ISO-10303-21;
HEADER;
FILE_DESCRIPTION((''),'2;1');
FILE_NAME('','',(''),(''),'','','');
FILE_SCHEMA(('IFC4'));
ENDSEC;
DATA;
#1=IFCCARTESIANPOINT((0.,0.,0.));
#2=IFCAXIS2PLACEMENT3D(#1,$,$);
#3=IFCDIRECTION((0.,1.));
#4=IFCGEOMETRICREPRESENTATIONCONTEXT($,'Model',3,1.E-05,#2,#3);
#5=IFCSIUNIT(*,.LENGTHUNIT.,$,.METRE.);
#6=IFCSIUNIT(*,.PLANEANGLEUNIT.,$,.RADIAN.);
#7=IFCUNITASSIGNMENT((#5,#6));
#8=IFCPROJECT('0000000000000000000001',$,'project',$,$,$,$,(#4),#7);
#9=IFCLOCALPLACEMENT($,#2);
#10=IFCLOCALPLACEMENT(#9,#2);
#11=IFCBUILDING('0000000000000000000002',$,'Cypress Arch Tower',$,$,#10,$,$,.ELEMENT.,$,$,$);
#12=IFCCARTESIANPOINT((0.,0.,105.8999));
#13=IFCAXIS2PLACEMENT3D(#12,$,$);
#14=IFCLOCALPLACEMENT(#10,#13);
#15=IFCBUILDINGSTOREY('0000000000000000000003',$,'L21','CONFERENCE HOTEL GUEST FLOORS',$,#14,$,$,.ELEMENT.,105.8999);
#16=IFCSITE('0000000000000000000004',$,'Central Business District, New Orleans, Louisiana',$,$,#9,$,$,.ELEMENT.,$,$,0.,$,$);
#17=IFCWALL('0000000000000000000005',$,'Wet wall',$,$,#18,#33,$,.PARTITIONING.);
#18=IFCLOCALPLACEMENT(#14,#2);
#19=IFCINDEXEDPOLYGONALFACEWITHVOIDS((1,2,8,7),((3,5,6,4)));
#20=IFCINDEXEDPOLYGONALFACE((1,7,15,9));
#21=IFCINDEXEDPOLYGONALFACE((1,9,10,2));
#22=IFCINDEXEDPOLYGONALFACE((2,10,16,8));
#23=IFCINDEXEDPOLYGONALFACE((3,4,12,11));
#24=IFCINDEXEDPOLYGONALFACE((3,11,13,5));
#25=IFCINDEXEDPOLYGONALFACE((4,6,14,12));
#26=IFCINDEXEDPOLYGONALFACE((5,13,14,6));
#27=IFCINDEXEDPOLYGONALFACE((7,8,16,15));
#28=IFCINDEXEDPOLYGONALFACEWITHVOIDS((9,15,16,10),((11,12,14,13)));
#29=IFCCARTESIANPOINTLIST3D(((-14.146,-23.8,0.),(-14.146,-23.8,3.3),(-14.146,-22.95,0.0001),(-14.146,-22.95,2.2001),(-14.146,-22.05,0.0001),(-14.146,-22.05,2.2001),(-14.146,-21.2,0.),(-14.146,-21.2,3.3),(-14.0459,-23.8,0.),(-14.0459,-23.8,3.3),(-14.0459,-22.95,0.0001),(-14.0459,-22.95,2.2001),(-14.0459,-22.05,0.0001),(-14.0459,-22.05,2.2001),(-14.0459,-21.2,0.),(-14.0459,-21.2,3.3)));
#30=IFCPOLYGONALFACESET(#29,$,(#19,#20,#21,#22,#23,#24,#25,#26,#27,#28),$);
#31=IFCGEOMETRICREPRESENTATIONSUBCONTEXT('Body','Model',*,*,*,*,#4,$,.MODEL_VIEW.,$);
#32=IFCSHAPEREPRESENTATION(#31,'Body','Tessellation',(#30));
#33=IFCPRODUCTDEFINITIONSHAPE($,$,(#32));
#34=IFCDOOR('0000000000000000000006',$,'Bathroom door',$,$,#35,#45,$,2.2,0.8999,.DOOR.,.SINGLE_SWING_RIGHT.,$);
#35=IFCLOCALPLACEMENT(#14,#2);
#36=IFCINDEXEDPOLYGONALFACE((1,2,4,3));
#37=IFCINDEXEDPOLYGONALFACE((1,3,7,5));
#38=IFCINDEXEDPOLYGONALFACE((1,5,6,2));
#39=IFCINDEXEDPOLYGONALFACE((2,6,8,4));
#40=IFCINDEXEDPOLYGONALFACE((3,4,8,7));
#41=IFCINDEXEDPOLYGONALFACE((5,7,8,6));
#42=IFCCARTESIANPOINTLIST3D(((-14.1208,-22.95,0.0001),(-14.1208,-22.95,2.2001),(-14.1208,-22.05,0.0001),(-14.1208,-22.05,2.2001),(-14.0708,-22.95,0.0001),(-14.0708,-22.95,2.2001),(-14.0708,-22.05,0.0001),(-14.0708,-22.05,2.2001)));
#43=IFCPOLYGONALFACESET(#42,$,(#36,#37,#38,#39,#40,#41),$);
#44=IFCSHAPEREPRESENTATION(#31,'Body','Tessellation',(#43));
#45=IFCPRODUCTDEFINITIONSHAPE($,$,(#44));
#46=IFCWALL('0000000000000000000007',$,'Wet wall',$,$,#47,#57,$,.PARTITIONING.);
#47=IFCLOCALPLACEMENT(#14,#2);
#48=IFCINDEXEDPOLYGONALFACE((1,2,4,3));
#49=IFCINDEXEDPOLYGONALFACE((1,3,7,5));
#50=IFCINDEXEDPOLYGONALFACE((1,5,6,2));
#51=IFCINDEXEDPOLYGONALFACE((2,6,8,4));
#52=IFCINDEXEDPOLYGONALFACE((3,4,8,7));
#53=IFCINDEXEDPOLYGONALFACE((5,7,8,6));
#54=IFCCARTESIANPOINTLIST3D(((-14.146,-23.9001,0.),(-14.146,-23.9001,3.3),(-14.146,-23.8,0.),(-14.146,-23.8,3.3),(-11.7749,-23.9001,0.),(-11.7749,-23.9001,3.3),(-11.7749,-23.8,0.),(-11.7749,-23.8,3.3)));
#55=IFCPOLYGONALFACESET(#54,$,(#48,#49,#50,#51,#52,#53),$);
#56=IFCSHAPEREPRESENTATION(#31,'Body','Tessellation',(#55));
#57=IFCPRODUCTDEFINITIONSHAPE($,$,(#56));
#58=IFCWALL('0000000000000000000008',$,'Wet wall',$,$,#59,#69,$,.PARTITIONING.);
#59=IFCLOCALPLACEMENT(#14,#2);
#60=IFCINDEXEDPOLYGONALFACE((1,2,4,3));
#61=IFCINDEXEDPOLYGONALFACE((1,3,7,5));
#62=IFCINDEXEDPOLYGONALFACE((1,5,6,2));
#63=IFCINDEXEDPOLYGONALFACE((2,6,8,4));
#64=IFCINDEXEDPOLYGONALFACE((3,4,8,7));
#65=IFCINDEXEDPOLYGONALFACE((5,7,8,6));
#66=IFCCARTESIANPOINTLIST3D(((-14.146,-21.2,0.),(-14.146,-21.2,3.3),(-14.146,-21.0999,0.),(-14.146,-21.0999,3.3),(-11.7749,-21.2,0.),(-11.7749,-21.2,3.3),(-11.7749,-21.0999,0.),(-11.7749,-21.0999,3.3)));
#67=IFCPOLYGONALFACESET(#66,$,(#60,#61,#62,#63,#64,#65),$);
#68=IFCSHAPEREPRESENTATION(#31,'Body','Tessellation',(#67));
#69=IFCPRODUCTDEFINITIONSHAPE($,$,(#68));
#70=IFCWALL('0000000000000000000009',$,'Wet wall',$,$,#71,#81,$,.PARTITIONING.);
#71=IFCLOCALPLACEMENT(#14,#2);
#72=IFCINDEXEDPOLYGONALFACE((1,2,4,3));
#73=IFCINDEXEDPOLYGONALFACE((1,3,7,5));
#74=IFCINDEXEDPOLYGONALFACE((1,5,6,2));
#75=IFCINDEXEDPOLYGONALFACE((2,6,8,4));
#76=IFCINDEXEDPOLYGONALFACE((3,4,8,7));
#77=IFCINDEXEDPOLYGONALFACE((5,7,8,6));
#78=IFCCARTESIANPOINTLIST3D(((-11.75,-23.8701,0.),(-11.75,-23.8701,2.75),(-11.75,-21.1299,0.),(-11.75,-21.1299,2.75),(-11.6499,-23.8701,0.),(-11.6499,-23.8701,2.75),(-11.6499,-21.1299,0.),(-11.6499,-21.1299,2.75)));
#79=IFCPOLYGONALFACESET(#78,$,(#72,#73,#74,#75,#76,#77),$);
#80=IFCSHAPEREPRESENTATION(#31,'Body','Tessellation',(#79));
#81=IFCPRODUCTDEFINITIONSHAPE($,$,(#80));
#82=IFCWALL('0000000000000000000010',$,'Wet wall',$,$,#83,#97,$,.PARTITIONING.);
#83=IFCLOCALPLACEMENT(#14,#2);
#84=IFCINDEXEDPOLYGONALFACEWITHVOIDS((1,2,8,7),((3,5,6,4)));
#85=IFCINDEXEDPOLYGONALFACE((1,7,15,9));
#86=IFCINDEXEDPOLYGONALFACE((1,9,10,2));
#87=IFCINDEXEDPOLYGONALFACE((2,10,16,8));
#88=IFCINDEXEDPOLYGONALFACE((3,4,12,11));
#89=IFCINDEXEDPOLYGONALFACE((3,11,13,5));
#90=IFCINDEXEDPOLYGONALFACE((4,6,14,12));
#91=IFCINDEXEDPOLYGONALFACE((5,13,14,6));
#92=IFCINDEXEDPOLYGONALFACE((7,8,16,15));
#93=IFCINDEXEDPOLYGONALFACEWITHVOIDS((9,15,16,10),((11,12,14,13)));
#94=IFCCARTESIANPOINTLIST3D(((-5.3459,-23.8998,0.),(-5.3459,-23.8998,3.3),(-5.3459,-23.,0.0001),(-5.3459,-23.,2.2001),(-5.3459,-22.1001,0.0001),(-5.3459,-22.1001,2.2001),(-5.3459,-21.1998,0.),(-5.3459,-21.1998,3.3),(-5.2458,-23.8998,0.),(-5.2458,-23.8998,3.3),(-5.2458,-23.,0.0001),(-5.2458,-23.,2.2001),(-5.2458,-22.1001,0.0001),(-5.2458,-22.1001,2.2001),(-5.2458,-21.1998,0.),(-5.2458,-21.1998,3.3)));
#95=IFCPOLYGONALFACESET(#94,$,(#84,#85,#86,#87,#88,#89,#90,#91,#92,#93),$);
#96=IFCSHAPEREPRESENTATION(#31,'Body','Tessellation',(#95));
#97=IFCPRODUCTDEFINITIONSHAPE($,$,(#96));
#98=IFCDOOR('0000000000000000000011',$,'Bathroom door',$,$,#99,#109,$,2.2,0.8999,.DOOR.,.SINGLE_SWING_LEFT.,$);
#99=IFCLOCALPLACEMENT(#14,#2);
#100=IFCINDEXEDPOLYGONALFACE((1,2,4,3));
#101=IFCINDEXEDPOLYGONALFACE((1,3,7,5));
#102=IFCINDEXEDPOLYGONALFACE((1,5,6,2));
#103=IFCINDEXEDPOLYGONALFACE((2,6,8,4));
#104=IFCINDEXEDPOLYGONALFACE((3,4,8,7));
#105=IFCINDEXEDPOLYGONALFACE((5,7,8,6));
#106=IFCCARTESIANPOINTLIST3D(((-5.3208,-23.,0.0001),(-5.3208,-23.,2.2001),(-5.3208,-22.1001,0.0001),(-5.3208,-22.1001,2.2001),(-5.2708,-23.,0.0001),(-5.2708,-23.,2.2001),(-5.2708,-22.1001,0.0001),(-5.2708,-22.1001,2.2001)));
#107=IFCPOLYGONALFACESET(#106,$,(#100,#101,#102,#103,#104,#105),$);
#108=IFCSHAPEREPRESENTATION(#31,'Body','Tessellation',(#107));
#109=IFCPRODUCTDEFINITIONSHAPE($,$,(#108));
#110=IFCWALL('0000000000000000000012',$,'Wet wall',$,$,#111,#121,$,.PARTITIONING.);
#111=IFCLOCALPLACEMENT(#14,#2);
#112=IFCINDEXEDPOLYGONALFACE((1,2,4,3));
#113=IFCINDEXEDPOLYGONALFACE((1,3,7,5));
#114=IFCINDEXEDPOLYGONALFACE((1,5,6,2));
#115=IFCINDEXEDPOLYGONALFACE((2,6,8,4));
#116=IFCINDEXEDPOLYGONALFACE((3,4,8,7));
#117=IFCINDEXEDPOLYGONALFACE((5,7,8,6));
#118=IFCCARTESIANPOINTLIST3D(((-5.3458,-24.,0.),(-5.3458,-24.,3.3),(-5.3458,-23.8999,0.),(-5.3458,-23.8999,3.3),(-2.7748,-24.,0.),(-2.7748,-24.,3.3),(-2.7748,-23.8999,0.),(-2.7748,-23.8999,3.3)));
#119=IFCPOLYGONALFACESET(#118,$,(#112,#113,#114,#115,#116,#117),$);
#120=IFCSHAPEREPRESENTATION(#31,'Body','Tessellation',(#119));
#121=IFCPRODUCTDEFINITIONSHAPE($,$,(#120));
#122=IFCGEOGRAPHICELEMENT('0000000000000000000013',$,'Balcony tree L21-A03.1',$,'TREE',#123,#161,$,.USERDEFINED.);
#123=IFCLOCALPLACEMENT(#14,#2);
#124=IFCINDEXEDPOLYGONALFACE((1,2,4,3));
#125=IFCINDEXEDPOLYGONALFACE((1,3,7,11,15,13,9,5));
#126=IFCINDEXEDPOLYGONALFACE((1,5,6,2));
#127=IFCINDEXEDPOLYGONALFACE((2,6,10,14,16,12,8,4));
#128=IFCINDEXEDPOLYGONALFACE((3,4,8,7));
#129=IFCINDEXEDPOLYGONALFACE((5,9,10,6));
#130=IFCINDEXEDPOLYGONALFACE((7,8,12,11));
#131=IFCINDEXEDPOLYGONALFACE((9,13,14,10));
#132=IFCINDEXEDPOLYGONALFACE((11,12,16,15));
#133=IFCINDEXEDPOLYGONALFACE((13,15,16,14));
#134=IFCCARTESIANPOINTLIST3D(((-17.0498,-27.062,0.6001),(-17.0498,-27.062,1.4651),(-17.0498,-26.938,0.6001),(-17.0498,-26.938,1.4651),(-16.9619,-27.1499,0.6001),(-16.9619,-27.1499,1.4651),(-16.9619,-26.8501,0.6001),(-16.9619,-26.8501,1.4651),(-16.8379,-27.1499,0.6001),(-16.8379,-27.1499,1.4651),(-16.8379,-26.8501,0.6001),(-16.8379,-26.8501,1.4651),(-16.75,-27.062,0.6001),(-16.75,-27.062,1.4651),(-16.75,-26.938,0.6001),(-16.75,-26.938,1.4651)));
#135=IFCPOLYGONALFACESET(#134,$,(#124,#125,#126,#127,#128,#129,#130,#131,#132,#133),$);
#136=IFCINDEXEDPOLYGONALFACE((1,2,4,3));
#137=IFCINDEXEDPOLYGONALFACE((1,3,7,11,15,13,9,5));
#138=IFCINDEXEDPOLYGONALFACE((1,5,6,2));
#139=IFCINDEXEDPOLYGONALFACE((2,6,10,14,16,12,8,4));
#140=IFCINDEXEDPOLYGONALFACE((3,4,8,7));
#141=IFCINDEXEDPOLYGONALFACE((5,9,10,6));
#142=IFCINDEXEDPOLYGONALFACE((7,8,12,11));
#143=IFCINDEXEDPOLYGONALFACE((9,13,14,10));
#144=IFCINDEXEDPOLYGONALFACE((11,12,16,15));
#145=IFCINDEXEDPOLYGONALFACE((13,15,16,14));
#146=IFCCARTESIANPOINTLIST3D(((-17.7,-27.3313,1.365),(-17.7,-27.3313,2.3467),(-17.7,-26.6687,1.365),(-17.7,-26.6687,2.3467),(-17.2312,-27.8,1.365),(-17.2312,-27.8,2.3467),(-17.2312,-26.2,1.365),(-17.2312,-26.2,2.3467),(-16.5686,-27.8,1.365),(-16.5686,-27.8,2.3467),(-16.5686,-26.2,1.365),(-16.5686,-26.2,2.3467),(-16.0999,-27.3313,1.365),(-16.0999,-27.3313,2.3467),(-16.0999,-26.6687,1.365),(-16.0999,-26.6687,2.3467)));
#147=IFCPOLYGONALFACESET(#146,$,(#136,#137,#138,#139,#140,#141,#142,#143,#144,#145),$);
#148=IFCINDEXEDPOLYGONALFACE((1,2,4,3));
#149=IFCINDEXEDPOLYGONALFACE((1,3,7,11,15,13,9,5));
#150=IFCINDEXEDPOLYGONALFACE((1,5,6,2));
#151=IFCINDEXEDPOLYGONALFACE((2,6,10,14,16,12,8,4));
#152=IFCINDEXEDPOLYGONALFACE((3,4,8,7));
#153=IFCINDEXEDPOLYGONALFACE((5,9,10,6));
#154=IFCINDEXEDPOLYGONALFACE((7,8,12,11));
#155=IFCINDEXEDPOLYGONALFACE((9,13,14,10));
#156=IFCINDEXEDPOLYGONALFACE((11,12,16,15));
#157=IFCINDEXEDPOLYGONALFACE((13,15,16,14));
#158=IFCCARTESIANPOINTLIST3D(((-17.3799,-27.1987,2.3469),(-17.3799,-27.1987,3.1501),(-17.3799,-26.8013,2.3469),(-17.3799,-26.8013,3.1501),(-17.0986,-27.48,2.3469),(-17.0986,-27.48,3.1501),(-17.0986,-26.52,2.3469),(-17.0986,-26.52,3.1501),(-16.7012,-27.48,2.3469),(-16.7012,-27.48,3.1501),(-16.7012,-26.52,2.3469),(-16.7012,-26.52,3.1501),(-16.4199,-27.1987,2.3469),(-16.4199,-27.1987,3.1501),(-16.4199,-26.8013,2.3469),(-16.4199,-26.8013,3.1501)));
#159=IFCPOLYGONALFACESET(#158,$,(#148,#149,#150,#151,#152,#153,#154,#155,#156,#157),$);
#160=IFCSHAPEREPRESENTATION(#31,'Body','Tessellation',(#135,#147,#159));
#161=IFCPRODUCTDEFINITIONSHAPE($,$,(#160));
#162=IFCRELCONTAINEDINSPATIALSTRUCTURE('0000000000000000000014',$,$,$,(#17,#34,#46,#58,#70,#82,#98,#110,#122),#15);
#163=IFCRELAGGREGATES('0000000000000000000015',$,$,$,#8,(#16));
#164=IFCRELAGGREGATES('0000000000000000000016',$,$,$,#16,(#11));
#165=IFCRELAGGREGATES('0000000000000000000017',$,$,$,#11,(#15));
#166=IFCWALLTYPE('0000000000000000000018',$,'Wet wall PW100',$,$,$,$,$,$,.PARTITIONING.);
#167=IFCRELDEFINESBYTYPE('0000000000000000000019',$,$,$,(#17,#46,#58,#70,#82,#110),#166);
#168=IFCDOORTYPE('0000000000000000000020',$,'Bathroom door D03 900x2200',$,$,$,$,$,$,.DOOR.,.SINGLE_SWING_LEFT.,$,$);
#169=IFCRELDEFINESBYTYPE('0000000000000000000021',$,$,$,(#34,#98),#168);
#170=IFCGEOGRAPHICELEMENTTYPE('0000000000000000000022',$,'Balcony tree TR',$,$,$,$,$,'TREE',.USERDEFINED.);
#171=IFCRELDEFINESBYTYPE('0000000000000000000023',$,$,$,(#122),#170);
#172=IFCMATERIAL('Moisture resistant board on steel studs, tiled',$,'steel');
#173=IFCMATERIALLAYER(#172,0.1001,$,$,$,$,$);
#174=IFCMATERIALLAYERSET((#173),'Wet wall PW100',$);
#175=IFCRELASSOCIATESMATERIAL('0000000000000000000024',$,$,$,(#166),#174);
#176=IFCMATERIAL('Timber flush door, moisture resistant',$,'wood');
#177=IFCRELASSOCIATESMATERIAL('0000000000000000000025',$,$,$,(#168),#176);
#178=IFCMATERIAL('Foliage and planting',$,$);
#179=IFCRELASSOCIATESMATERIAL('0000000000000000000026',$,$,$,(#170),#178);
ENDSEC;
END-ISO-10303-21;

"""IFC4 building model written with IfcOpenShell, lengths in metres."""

from ifc_helpers import new_model, si_unit, direction, frame, frame_2d, origin, place, context, subcontext, project, spatial, polyline, rectangle, outline, extrude, material, layer, layer_set, type_object, element, fill, save


model = new_model("IFC4")

# Units and contexts
model_context = context("Model", 3, precision=1e-05, world=origin(), true_north=direction((0.0, 1.0)))
body_context = subcontext(model_context, "Body", "Model", "MODEL_VIEW")
ifc_project = project(units=[si_unit("LENGTHUNIT", "METRE"), si_unit("PLANEANGLEUNIT", "RADIAN")], contexts=[model_context])

# Site, building, storey
site_placement = place(None, origin())
site = spatial("IfcSite", under=ifc_project, at=site_placement, Name="Central Business District, New Orleans, Louisiana", CompositionType="ELEMENT", RefElevation=0.0)
building_placement = place(site_placement, origin())
building = spatial("IfcBuilding", under=site, at=building_placement, Name="Cypress Arch Tower", CompositionType="ELEMENT")
storey_placement = place(building_placement, frame((0.0, 0.0, 105.8999)))
storey = spatial("IfcBuildingStorey", under=building, at=storey_placement, Name="L21", Description="CONFERENCE HOTEL GUEST FLOORS", CompositionType="ELEMENT", Elevation=105.8999)

# Wall, opening, door
ifc_material_1 = material(Name="Moisture resistant board on steel studs, tiled", Category="steel")
ifc_layer_1 = layer(ifc_material_1, 0.1001)
ifc_layer_set_1 = layer_set([ifc_layer_1], Name="Wet wall PW100")
wall_type_1 = type_object("IfcWallType", Name="Wet wall PW100", PredefinedType="PARTITIONING", material=ifc_layer_set_1)
wall_1_placement = place(storey_placement, frame((-14.0959, -23.8, 0.0), z_axis=(0.0, 0.0, 1.0), x_axis=(0.0, 1.0, 0.0)))
wall_1 = element("IfcWall", 1, at=wall_1_placement, inside=storey, type_object=wall_type_1, Name="Wet wall", PredefinedType="PARTITIONING", context=body_context, shape_type="SweptSolid", body=[
    extrude(rectangle(XDim=2.6001, YDim=0.1001, at=frame_2d((1.3, 0.0))), origin(), (0.0, 0.0, 1.0), 3.3),
])
opening_1_placement = place(wall_1_placement, frame((0.8501, 0.0, 0.0)))
opening_1 = element("IfcOpeningElement", 2, at=opening_1_placement, cuts=wall_1, PredefinedType="OPENING", context=body_context, shape_type="SweptSolid", body=[
    extrude(rectangle(XDim=0.8999, YDim=2.2, at=frame_2d((0.45, 1.1001))), frame((0.0, 0.0601, 0.0), z_axis=(0.0, -1.0, 0.0), x_axis=(1.0, 0.0, 0.0)), (0.0, 0.0, 1.0), 0.1201),
])
ifc_material_2 = material(Name="Timber flush door, moisture resistant", Category="wood")
door_type_1 = type_object("IfcDoorType", Name="Bathroom door D03 900x2200", OperationType="SINGLE_SWING_LEFT", PredefinedType="DOOR", material=ifc_material_2)
door_1_placement = place(opening_1_placement, origin())
door_1 = element("IfcDoor", 3, at=door_1_placement, inside=storey, type_object=door_type_1, Name="Bathroom door", OperationType="SINGLE_SWING_RIGHT", OverallHeight=2.2, OverallWidth=0.8999, PredefinedType="DOOR", context=body_context, shape_type="SweptSolid", body=[
    extrude(rectangle(XDim=0.8999, YDim=2.2, at=frame_2d((0.45, 1.1001))), frame((0.0, 0.0249, 0.0), z_axis=(0.0, -1.0, 0.0), x_axis=(1.0, 0.0, 0.0)), (0.0, 0.0, 1.0), 0.05),
])
fill(opening_1, door_1)

# Walls
for number, where, z_axis, x_axis, name in (
    (4, (-14.146, -23.8501, 0.0), (0.0, 0.0, 1.0), (1.0, 0.0, 0.0), "Wet wall"),
    (5, (-14.146, -21.1499, 0.0), (0.0, 0.0, 1.0), (1.0, 0.0, 0.0), "Wet wall"),
):
    element("IfcWall", number, at=place(storey_placement, frame(where, z_axis=z_axis, x_axis=x_axis)), inside=storey, type_object=wall_type_1, Name=name, PredefinedType="PARTITIONING", context=body_context, shape_type="SweptSolid", body=[
        extrude(rectangle(XDim=2.3711, YDim=0.1001, at=frame_2d((1.1855, 0.0))), origin(), (0.0, 0.0, 1.0), 3.3),
    ])
wall_2_placement = place(storey_placement, frame((-11.7, -23.8701, 0.0), z_axis=(0.0, 0.0, 1.0), x_axis=(0.0, 1.0, 0.0)))
element("IfcWall", 6, at=wall_2_placement, inside=storey, type_object=wall_type_1, Name="Wet wall", PredefinedType="PARTITIONING", context=body_context, shape_type="SweptSolid", body=[
    extrude(rectangle(XDim=2.7402, YDim=0.1001, at=frame_2d((1.3701, 0.0))), origin(), (0.0, 0.0, 1.0), 2.75),
])

# Wall, opening, door
wall_3_placement = place(storey_placement, frame((-5.2959, -23.8999, 0.0), z_axis=(0.0, 0.0, 1.0), x_axis=(0.0, 1.0, 0.0)))
wall_3 = element("IfcWall", 7, at=wall_3_placement, inside=storey, type_object=wall_type_1, Name="Wet wall", PredefinedType="PARTITIONING", context=body_context, shape_type="SweptSolid", body=[
    extrude(rectangle(XDim=2.7, YDim=0.1001, at=frame_2d((1.3501, 0.0))), origin(), (0.0, 0.0, 1.0), 3.3),
])
opening_2_placement = place(wall_3_placement, frame((0.8999, 0.0, 0.0)))
opening_2 = element("IfcOpeningElement", 8, at=opening_2_placement, cuts=wall_3, PredefinedType="OPENING", context=body_context, shape_type="SweptSolid", body=[
    extrude(rectangle(XDim=0.8999, YDim=2.2, at=frame_2d((0.45, 1.1001))), frame((0.0, 0.0601, 0.0), z_axis=(0.0, -1.0, 0.0), x_axis=(1.0, 0.0, 0.0)), (0.0, 0.0, 1.0), 0.1201),
])
door_2_placement = place(opening_2_placement, origin())
door_2 = element("IfcDoor", 9, at=door_2_placement, inside=storey, type_object=door_type_1, Name="Bathroom door", OperationType="SINGLE_SWING_LEFT", OverallHeight=2.2, OverallWidth=0.8999, PredefinedType="DOOR", context=body_context, shape_type="SweptSolid", body=[
    extrude(rectangle(XDim=0.8999, YDim=2.2, at=frame_2d((0.45, 1.1001))), frame((0.0, 0.0249, 0.0), z_axis=(0.0, -1.0, 0.0), x_axis=(1.0, 0.0, 0.0)), (0.0, 0.0, 1.0), 0.05),
])
fill(opening_2, door_2)

# Wall
wall_4_placement = place(storey_placement, frame((-5.3459, -23.95, 0.0), z_axis=(0.0, 0.0, 1.0), x_axis=(1.0, 0.0, 0.0)))
element("IfcWall", 10, at=wall_4_placement, inside=storey, type_object=wall_type_1, Name="Wet wall", PredefinedType="PARTITIONING", context=body_context, shape_type="SweptSolid", body=[
    extrude(rectangle(XDim=2.571, YDim=0.1001, at=frame_2d((1.2856, 0.0))), origin(), (0.0, 0.0, 1.0), 3.3),
])

# Geographic element
ifc_material_3 = material(Name="Foliage and planting")
geographic_element_type = type_object("IfcGeographicElementType", Name="Balcony tree TR", ElementType="TREE", PredefinedType="USERDEFINED", material=ifc_material_3)
for number, where, z_axis, x_axis, name in (
    (11, (-16.8999, -27.0, 0.6001), (0.0, 0.0, 1.0), (1.0, 0.0, 0.0), "Balcony tree L21-A03.1"),
):
    element("IfcGeographicElement", number, at=place(storey_placement, frame(where, z_axis=z_axis, x_axis=x_axis)), inside=storey, type_object=geographic_element_type, Name=name, ObjectType="TREE", PredefinedType="USERDEFINED", context=body_context, shape_type="SweptSolid", body=[
        extrude(outline(polyline([(0.1499, 0.062), (0.062, 0.1499), (-0.062, 0.1499), (-0.1499, 0.062), (-0.1499, -0.062), (-0.062, -0.1499), (0.062, -0.1499), (0.1499, -0.062), (0.1499, 0.062)])), origin(), (0.0, 0.0, 1.0), 0.865),
        extrude(outline(polyline([(0.8, 0.3313), (0.3313, 0.8), (-0.3313, 0.8), (-0.8, 0.3313), (-0.8, -0.3313), (-0.3313, -0.8), (0.3313, -0.8), (0.8, -0.3313), (0.8, 0.3313)])), frame((0.0, 0.0, 0.7649)), (0.0, 0.0, 1.0), 0.9817),
        extrude(outline(polyline([(0.48, 0.1987), (0.1987, 0.48), (-0.1987, 0.48), (-0.48, 0.1987), (-0.48, -0.1987), (-0.1987, -0.48), (0.1987, -0.48), (0.48, -0.1987), (0.48, 0.1987)])), frame((0.0, 0.0, 1.7468)), (0.0, 0.0, 1.0), 0.8032),
    ])

save(model, "model.ifc")
